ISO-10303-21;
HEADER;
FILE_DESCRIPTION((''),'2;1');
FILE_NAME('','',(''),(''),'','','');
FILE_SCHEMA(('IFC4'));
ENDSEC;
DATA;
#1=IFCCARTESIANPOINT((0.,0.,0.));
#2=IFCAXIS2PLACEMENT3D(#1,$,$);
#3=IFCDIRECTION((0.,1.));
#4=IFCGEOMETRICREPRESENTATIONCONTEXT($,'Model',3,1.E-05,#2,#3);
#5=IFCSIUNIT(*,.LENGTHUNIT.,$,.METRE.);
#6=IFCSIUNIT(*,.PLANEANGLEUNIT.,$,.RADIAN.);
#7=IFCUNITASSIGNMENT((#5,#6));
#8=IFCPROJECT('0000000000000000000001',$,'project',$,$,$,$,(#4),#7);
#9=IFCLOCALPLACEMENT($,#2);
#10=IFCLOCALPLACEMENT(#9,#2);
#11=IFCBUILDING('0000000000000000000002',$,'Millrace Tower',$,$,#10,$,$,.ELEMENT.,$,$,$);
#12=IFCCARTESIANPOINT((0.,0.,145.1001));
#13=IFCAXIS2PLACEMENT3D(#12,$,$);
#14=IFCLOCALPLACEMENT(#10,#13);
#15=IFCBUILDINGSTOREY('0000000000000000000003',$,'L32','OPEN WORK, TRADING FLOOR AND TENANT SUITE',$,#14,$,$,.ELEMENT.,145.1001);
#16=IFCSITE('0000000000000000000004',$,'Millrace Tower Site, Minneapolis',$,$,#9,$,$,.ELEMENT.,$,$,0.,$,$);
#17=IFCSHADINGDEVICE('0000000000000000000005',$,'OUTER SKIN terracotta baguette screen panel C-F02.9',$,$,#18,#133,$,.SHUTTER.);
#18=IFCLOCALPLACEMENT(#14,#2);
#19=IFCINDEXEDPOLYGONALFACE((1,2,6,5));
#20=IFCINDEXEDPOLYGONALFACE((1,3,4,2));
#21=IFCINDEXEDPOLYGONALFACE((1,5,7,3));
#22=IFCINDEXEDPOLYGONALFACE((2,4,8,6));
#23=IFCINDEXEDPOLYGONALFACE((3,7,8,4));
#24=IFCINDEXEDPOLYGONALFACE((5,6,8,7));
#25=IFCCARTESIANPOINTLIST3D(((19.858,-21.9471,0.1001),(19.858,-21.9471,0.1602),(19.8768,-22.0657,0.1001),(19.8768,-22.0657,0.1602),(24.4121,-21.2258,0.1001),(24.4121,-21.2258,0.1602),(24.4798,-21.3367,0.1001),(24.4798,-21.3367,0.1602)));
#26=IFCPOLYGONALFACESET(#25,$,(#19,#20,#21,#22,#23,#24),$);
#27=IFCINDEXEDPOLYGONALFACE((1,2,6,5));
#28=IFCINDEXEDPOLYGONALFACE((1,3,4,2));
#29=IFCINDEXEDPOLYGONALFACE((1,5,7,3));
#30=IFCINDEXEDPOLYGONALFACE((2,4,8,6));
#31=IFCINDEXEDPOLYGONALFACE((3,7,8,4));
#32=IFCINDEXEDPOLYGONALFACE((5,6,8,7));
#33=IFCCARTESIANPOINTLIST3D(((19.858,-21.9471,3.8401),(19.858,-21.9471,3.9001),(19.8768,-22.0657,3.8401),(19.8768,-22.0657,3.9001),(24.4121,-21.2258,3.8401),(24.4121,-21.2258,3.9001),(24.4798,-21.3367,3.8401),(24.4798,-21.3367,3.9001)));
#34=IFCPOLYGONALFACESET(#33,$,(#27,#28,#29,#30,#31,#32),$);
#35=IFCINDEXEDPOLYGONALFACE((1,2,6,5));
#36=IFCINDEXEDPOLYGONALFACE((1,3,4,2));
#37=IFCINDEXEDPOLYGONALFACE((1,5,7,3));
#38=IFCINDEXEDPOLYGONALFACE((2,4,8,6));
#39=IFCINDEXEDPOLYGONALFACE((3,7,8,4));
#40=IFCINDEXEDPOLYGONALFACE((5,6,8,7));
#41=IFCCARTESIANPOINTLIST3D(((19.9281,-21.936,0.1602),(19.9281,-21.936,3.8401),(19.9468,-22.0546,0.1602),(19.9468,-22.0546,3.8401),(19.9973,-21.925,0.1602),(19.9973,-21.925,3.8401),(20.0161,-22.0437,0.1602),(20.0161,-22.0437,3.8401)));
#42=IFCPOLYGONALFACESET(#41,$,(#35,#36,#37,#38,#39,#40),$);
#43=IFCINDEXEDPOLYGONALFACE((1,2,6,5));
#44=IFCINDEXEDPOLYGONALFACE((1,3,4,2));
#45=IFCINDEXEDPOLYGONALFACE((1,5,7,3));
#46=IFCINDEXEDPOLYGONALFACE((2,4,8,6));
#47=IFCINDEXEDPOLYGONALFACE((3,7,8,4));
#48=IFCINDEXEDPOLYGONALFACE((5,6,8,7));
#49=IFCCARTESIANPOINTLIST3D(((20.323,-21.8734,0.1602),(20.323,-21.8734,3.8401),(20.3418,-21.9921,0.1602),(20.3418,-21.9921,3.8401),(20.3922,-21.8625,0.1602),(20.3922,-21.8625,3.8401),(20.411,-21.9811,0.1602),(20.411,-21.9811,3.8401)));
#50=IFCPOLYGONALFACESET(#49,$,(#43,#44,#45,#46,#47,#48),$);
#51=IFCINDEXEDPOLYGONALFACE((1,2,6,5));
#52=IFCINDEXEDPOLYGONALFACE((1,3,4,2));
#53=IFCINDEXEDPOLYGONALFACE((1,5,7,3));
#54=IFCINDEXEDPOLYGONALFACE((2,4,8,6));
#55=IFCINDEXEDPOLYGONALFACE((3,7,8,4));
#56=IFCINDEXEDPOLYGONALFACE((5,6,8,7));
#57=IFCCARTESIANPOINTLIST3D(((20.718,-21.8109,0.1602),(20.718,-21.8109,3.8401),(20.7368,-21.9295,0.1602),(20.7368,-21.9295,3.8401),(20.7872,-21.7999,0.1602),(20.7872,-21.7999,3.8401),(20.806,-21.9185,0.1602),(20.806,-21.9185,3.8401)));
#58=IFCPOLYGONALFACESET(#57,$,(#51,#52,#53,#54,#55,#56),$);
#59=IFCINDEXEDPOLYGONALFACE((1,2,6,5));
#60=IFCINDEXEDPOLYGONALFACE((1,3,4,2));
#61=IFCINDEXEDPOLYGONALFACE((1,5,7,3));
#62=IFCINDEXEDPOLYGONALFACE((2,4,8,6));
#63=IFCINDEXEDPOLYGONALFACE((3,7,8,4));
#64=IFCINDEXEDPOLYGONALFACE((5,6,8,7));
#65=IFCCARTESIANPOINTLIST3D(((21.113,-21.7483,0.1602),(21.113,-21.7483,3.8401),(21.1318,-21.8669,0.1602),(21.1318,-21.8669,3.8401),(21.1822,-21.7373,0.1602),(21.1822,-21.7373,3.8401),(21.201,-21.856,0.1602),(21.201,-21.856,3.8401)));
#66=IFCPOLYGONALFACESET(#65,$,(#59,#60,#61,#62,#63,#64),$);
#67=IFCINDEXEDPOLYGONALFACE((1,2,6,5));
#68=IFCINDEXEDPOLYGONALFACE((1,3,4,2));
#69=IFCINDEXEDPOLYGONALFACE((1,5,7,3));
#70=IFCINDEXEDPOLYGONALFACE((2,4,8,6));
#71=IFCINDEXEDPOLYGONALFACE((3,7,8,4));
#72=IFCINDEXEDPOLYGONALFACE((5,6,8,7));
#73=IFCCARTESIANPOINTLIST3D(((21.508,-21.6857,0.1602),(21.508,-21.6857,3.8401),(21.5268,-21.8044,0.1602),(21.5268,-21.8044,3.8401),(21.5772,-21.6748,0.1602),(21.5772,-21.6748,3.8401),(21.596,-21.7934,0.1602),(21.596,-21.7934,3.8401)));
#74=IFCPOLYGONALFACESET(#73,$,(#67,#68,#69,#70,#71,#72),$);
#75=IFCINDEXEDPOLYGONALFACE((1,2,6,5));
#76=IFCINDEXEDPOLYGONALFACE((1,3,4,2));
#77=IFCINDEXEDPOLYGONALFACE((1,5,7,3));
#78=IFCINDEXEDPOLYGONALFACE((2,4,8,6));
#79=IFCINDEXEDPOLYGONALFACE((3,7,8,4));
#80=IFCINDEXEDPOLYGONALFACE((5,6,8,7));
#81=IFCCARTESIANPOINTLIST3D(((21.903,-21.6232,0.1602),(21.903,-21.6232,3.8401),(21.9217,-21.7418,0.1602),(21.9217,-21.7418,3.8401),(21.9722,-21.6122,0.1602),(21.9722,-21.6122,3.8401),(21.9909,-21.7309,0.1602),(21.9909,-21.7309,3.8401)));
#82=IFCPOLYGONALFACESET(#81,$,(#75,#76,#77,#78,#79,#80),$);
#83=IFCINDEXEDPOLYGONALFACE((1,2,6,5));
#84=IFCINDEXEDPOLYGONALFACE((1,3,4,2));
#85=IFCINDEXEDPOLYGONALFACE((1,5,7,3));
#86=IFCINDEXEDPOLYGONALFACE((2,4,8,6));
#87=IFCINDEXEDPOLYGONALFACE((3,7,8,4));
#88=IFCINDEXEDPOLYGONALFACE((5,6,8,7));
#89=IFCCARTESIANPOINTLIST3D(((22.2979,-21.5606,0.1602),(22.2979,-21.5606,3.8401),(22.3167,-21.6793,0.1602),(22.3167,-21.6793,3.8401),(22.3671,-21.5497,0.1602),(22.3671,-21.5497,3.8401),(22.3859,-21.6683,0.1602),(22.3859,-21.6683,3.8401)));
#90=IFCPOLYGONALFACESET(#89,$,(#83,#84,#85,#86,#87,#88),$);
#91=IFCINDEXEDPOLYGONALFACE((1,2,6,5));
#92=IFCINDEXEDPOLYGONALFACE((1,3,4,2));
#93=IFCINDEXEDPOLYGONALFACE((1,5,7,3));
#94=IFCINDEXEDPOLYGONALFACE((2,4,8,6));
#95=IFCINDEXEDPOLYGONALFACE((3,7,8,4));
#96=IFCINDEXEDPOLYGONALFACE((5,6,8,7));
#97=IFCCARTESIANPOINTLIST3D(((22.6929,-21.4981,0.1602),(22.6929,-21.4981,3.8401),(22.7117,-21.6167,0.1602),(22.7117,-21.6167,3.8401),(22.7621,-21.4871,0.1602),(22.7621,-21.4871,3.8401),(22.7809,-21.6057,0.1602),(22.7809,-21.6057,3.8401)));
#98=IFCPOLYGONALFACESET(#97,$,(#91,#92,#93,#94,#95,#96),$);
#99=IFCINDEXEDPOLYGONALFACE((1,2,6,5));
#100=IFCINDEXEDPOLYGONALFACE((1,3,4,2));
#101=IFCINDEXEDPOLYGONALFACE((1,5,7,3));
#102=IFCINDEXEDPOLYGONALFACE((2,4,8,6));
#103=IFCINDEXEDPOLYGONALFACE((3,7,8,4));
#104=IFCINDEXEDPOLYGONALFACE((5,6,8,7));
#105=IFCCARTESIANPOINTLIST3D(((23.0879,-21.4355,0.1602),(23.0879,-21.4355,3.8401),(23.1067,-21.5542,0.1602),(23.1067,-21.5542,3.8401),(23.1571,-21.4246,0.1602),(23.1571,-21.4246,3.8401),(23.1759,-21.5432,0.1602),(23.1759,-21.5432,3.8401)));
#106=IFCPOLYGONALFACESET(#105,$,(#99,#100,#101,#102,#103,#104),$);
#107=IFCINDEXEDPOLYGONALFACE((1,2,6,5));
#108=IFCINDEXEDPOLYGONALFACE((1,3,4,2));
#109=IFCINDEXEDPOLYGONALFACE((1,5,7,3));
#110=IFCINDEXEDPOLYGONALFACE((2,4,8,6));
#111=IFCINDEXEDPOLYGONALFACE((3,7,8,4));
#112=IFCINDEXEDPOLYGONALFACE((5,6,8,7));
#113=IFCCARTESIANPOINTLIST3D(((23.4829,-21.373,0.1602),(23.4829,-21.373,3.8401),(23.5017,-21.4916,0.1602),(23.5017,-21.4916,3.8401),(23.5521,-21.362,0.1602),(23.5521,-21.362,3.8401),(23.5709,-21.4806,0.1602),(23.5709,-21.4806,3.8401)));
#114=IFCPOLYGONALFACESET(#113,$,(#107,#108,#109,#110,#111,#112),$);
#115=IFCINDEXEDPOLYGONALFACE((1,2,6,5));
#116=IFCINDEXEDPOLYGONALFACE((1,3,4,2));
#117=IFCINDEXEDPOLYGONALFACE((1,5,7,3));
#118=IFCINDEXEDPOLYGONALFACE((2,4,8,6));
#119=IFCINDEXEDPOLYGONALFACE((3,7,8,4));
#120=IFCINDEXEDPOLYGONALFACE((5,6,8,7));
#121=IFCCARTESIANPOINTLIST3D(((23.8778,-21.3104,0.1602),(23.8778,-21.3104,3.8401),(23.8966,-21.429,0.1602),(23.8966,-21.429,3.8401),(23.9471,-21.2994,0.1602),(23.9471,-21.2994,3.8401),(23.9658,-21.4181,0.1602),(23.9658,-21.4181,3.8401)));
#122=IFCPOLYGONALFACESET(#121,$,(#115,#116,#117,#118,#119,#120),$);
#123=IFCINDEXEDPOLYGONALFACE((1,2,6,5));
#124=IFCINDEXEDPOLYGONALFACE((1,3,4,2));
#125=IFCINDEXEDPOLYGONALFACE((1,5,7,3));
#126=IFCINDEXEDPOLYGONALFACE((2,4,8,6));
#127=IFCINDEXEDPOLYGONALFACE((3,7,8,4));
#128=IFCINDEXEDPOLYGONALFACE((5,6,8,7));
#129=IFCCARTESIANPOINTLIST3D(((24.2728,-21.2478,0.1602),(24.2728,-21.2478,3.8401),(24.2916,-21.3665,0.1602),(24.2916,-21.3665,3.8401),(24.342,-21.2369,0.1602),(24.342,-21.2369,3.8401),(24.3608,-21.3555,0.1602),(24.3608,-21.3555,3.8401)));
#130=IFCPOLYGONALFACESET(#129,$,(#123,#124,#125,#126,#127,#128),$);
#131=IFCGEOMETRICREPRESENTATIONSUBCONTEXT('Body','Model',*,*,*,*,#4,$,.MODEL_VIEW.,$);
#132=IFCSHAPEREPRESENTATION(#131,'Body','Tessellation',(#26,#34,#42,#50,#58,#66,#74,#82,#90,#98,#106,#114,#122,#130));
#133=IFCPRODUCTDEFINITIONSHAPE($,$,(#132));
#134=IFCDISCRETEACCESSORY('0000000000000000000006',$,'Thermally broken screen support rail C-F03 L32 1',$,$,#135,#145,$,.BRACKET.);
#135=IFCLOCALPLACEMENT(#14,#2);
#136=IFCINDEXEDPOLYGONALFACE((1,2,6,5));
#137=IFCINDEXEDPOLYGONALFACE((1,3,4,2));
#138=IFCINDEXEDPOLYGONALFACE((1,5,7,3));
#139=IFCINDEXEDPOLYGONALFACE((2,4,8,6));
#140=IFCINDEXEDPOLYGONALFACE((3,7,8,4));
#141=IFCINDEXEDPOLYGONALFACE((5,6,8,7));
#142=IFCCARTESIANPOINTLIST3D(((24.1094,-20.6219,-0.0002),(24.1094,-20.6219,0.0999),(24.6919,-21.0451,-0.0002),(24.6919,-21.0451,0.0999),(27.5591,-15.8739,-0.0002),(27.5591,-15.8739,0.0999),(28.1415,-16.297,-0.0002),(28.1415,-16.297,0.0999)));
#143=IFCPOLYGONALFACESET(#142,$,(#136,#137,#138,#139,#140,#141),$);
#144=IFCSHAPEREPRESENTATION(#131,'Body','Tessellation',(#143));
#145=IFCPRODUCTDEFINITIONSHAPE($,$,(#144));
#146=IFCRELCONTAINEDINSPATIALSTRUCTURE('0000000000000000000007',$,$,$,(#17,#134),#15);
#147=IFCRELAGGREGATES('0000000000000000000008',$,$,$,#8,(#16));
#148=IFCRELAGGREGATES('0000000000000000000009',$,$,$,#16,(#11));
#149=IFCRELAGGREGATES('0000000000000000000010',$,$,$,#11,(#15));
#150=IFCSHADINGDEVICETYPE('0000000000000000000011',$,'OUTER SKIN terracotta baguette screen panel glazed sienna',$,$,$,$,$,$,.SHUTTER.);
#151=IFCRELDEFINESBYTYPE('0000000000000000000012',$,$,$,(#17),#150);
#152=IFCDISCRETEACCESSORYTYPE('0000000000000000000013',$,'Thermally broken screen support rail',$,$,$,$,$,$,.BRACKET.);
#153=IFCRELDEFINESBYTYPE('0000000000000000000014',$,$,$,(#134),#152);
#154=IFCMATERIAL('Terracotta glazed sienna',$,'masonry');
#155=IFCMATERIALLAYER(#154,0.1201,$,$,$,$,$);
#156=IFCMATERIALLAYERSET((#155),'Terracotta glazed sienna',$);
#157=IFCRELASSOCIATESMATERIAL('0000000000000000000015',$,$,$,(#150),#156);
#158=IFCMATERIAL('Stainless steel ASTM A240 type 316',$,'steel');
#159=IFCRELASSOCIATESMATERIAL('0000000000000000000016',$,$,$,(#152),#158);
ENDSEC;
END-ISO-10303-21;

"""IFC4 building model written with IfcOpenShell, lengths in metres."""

from ifc_helpers import new_model, entity, si_unit, direction, frame, frame_2d, origin, origin_2d, place, context, subcontext, project, spatial, rectangle, extrude, source, transform, mapped, material, layer, layer_set, type_object, element, save


model = new_model("IFC4")

# Units and contexts
model_context = context("Model", 3, precision=1e-05, world=origin(), true_north=direction((0.0, 1.0)))
body_context = subcontext(model_context, "Body", "Model", "MODEL_VIEW")
ifc_project = project(units=[si_unit("LENGTHUNIT", "METRE"), si_unit("PLANEANGLEUNIT", "RADIAN")], contexts=[model_context])

# Site, building, storey
site_placement = place(None, origin())
site = spatial("IfcSite", under=ifc_project, at=site_placement, Name="Millrace Tower Site, Minneapolis", CompositionType="ELEMENT", RefElevation=0.0)
building_placement = place(site_placement, origin())
building = spatial("IfcBuilding", under=site, at=building_placement, Name="Millrace Tower", CompositionType="ELEMENT")
storey_placement = place(building_placement, frame((0.0, 0.0, 145.1001)))
storey = spatial("IfcBuildingStorey", under=building, at=storey_placement, Name="L32", Description="OPEN WORK, TRADING FLOOR AND TENANT SUITE", CompositionType="ELEMENT", Elevation=145.1001)

# Shading device
ifc_material_1 = material(Name="Terracotta glazed sienna", Category="masonry")
ifc_layer_1 = layer(ifc_material_1, 0.1201)
ifc_layer_set_1 = layer_set([ifc_layer_1], Name="Terracotta glazed sienna")
shading_device_type = type_object("IfcShadingDeviceType", Name="OUTER SKIN terracotta baguette screen panel glazed sienna", PredefinedType="SHUTTER", material=ifc_layer_set_1)
cartesian_point_1 = entity("IfcCartesianPoint", [-2.3179, 0.0601])
shared_polyline_1 = entity("IfcPolyline", [cartesian_point_1, entity("IfcCartesianPoint", [2.293, 0.0601]), entity("IfcCartesianPoint", [2.3425, -0.0601]), entity("IfcCartesianPoint", [-2.3179, -0.0601]), cartesian_point_1])
shared_shape_1 = source(origin(), body_context, "Body", "SweptSolid", [
    entity("IfcExtrudedAreaSolid", entity("IfcArbitraryClosedProfileDef", "AREA", None, shared_polyline_1), entity("IfcAxis2Placement3D", entity("IfcCartesianPoint", [0.0, 0.0, 0.0])), entity("IfcDirection", [0.0, 0.0, 1.0]), 0.0601),
    entity("IfcExtrudedAreaSolid", entity("IfcArbitraryClosedProfileDef", "AREA", None, shared_polyline_1), entity("IfcAxis2Placement3D", entity("IfcCartesianPoint", [0.0, 0.0, 3.74])), entity("IfcDirection", [0.0, 0.0, 1.0]), 0.0601),
    extrude(rectangle(XDim=0.0701, YDim=0.1201, at=frame_2d((-2.2119, 0.0))), frame((0.0, 0.0, 0.0601)), (0.0, 0.0, 1.0), 3.6799),
    extrude(rectangle(XDim=0.0701, YDim=0.1201, at=frame_2d((-1.812, 0.0))), frame((0.0, 0.0, 0.0601)), (0.0, 0.0, 1.0), 3.6799),
    extrude(rectangle(XDim=0.0701, YDim=0.1201, at=frame_2d((-1.4121, 0.0))), frame((0.0, 0.0, 0.0601)), (0.0, 0.0, 1.0), 3.6799),
    extrude(rectangle(XDim=0.0701, YDim=0.1201, at=frame_2d((-1.0122, 0.0))), frame((0.0, 0.0, 0.0601)), (0.0, 0.0, 1.0), 3.6799),
    extrude(rectangle(XDim=0.0701, YDim=0.1201, at=frame_2d((-0.6123, 0.0))), frame((0.0, 0.0, 0.0601)), (0.0, 0.0, 1.0), 3.6799),
    extrude(rectangle(XDim=0.0701, YDim=0.1201, at=frame_2d((-0.2124, 0.0))), frame((0.0, 0.0, 0.0601)), (0.0, 0.0, 1.0), 3.6799),
    extrude(rectangle(XDim=0.0701, YDim=0.1201, at=frame_2d((0.1875, 0.0))), frame((0.0, 0.0, 0.0601)), (0.0, 0.0, 1.0), 3.6799),
    extrude(rectangle(XDim=0.0701, YDim=0.1201, at=frame_2d((0.5874, 0.0))), frame((0.0, 0.0, 0.0601)), (0.0, 0.0, 1.0), 3.6799),
    extrude(rectangle(XDim=0.0701, YDim=0.1201, at=frame_2d((0.9873, 0.0))), frame((0.0, 0.0, 0.0601)), (0.0, 0.0, 1.0), 3.6799),
    extrude(rectangle(XDim=0.0701, YDim=0.1201, at=frame_2d((1.3872, 0.0))), frame((0.0, 0.0, 0.0601)), (0.0, 0.0, 1.0), 3.6799),
    extrude(rectangle(XDim=0.0701, YDim=0.1201, at=frame_2d((1.7871, 0.0))), frame((0.0, 0.0, 0.0601)), (0.0, 0.0, 1.0), 3.6799),
    extrude(rectangle(XDim=0.0701, YDim=0.1201, at=frame_2d((2.187, 0.0))), frame((0.0, 0.0, 0.0601)), (0.0, 0.0, 1.0), 3.6799),
])
shading_device_1_placement = place(storey_placement, frame((22.1567, -21.6438, 0.1001), z_axis=(0.0, 0.0, 1.0), x_axis=(0.987688, 0.156434, 0.0)))
element("IfcShadingDevice", 1, at=shading_device_1_placement, inside=storey, type_object=shading_device_type, Name="OUTER SKIN terracotta baguette screen panel C-F02.9", PredefinedType="SHUTTER", context=body_context, shape_type="MappedRepresentation", body=[
    mapped(shared_shape_1, transform((0.0, 0.0, 0.0), scale=1.0)),
])

# Discrete accessory
ifc_material_2 = material(Name="Stainless steel ASTM A240 type 316", Category="steel")
discrete_accessory_type = type_object("IfcDiscreteAccessoryType", Name="Thermally broken screen support rail", PredefinedType="BRACKET", material=ifc_material_2)
discrete_accessory_placement = place(storey_placement, frame((26.1255, -18.4595, -0.0002), z_axis=(0.0, 0.0, 1.0), x_axis=(0.587785, 0.809017, 0.0)))
element("IfcDiscreteAccessory", 2, at=discrete_accessory_placement, inside=storey, type_object=discrete_accessory_type, Name="Thermally broken screen support rail C-F03 L32 1", PredefinedType="BRACKET", context=body_context, shape_type="SweptSolid", body=[
    extrude(rectangle(XDim=5.8689, YDim=0.72, at=origin_2d()), origin(), (0.0, 0.0, 1.0), 0.1001),
])

save(model, "model.ifc")
